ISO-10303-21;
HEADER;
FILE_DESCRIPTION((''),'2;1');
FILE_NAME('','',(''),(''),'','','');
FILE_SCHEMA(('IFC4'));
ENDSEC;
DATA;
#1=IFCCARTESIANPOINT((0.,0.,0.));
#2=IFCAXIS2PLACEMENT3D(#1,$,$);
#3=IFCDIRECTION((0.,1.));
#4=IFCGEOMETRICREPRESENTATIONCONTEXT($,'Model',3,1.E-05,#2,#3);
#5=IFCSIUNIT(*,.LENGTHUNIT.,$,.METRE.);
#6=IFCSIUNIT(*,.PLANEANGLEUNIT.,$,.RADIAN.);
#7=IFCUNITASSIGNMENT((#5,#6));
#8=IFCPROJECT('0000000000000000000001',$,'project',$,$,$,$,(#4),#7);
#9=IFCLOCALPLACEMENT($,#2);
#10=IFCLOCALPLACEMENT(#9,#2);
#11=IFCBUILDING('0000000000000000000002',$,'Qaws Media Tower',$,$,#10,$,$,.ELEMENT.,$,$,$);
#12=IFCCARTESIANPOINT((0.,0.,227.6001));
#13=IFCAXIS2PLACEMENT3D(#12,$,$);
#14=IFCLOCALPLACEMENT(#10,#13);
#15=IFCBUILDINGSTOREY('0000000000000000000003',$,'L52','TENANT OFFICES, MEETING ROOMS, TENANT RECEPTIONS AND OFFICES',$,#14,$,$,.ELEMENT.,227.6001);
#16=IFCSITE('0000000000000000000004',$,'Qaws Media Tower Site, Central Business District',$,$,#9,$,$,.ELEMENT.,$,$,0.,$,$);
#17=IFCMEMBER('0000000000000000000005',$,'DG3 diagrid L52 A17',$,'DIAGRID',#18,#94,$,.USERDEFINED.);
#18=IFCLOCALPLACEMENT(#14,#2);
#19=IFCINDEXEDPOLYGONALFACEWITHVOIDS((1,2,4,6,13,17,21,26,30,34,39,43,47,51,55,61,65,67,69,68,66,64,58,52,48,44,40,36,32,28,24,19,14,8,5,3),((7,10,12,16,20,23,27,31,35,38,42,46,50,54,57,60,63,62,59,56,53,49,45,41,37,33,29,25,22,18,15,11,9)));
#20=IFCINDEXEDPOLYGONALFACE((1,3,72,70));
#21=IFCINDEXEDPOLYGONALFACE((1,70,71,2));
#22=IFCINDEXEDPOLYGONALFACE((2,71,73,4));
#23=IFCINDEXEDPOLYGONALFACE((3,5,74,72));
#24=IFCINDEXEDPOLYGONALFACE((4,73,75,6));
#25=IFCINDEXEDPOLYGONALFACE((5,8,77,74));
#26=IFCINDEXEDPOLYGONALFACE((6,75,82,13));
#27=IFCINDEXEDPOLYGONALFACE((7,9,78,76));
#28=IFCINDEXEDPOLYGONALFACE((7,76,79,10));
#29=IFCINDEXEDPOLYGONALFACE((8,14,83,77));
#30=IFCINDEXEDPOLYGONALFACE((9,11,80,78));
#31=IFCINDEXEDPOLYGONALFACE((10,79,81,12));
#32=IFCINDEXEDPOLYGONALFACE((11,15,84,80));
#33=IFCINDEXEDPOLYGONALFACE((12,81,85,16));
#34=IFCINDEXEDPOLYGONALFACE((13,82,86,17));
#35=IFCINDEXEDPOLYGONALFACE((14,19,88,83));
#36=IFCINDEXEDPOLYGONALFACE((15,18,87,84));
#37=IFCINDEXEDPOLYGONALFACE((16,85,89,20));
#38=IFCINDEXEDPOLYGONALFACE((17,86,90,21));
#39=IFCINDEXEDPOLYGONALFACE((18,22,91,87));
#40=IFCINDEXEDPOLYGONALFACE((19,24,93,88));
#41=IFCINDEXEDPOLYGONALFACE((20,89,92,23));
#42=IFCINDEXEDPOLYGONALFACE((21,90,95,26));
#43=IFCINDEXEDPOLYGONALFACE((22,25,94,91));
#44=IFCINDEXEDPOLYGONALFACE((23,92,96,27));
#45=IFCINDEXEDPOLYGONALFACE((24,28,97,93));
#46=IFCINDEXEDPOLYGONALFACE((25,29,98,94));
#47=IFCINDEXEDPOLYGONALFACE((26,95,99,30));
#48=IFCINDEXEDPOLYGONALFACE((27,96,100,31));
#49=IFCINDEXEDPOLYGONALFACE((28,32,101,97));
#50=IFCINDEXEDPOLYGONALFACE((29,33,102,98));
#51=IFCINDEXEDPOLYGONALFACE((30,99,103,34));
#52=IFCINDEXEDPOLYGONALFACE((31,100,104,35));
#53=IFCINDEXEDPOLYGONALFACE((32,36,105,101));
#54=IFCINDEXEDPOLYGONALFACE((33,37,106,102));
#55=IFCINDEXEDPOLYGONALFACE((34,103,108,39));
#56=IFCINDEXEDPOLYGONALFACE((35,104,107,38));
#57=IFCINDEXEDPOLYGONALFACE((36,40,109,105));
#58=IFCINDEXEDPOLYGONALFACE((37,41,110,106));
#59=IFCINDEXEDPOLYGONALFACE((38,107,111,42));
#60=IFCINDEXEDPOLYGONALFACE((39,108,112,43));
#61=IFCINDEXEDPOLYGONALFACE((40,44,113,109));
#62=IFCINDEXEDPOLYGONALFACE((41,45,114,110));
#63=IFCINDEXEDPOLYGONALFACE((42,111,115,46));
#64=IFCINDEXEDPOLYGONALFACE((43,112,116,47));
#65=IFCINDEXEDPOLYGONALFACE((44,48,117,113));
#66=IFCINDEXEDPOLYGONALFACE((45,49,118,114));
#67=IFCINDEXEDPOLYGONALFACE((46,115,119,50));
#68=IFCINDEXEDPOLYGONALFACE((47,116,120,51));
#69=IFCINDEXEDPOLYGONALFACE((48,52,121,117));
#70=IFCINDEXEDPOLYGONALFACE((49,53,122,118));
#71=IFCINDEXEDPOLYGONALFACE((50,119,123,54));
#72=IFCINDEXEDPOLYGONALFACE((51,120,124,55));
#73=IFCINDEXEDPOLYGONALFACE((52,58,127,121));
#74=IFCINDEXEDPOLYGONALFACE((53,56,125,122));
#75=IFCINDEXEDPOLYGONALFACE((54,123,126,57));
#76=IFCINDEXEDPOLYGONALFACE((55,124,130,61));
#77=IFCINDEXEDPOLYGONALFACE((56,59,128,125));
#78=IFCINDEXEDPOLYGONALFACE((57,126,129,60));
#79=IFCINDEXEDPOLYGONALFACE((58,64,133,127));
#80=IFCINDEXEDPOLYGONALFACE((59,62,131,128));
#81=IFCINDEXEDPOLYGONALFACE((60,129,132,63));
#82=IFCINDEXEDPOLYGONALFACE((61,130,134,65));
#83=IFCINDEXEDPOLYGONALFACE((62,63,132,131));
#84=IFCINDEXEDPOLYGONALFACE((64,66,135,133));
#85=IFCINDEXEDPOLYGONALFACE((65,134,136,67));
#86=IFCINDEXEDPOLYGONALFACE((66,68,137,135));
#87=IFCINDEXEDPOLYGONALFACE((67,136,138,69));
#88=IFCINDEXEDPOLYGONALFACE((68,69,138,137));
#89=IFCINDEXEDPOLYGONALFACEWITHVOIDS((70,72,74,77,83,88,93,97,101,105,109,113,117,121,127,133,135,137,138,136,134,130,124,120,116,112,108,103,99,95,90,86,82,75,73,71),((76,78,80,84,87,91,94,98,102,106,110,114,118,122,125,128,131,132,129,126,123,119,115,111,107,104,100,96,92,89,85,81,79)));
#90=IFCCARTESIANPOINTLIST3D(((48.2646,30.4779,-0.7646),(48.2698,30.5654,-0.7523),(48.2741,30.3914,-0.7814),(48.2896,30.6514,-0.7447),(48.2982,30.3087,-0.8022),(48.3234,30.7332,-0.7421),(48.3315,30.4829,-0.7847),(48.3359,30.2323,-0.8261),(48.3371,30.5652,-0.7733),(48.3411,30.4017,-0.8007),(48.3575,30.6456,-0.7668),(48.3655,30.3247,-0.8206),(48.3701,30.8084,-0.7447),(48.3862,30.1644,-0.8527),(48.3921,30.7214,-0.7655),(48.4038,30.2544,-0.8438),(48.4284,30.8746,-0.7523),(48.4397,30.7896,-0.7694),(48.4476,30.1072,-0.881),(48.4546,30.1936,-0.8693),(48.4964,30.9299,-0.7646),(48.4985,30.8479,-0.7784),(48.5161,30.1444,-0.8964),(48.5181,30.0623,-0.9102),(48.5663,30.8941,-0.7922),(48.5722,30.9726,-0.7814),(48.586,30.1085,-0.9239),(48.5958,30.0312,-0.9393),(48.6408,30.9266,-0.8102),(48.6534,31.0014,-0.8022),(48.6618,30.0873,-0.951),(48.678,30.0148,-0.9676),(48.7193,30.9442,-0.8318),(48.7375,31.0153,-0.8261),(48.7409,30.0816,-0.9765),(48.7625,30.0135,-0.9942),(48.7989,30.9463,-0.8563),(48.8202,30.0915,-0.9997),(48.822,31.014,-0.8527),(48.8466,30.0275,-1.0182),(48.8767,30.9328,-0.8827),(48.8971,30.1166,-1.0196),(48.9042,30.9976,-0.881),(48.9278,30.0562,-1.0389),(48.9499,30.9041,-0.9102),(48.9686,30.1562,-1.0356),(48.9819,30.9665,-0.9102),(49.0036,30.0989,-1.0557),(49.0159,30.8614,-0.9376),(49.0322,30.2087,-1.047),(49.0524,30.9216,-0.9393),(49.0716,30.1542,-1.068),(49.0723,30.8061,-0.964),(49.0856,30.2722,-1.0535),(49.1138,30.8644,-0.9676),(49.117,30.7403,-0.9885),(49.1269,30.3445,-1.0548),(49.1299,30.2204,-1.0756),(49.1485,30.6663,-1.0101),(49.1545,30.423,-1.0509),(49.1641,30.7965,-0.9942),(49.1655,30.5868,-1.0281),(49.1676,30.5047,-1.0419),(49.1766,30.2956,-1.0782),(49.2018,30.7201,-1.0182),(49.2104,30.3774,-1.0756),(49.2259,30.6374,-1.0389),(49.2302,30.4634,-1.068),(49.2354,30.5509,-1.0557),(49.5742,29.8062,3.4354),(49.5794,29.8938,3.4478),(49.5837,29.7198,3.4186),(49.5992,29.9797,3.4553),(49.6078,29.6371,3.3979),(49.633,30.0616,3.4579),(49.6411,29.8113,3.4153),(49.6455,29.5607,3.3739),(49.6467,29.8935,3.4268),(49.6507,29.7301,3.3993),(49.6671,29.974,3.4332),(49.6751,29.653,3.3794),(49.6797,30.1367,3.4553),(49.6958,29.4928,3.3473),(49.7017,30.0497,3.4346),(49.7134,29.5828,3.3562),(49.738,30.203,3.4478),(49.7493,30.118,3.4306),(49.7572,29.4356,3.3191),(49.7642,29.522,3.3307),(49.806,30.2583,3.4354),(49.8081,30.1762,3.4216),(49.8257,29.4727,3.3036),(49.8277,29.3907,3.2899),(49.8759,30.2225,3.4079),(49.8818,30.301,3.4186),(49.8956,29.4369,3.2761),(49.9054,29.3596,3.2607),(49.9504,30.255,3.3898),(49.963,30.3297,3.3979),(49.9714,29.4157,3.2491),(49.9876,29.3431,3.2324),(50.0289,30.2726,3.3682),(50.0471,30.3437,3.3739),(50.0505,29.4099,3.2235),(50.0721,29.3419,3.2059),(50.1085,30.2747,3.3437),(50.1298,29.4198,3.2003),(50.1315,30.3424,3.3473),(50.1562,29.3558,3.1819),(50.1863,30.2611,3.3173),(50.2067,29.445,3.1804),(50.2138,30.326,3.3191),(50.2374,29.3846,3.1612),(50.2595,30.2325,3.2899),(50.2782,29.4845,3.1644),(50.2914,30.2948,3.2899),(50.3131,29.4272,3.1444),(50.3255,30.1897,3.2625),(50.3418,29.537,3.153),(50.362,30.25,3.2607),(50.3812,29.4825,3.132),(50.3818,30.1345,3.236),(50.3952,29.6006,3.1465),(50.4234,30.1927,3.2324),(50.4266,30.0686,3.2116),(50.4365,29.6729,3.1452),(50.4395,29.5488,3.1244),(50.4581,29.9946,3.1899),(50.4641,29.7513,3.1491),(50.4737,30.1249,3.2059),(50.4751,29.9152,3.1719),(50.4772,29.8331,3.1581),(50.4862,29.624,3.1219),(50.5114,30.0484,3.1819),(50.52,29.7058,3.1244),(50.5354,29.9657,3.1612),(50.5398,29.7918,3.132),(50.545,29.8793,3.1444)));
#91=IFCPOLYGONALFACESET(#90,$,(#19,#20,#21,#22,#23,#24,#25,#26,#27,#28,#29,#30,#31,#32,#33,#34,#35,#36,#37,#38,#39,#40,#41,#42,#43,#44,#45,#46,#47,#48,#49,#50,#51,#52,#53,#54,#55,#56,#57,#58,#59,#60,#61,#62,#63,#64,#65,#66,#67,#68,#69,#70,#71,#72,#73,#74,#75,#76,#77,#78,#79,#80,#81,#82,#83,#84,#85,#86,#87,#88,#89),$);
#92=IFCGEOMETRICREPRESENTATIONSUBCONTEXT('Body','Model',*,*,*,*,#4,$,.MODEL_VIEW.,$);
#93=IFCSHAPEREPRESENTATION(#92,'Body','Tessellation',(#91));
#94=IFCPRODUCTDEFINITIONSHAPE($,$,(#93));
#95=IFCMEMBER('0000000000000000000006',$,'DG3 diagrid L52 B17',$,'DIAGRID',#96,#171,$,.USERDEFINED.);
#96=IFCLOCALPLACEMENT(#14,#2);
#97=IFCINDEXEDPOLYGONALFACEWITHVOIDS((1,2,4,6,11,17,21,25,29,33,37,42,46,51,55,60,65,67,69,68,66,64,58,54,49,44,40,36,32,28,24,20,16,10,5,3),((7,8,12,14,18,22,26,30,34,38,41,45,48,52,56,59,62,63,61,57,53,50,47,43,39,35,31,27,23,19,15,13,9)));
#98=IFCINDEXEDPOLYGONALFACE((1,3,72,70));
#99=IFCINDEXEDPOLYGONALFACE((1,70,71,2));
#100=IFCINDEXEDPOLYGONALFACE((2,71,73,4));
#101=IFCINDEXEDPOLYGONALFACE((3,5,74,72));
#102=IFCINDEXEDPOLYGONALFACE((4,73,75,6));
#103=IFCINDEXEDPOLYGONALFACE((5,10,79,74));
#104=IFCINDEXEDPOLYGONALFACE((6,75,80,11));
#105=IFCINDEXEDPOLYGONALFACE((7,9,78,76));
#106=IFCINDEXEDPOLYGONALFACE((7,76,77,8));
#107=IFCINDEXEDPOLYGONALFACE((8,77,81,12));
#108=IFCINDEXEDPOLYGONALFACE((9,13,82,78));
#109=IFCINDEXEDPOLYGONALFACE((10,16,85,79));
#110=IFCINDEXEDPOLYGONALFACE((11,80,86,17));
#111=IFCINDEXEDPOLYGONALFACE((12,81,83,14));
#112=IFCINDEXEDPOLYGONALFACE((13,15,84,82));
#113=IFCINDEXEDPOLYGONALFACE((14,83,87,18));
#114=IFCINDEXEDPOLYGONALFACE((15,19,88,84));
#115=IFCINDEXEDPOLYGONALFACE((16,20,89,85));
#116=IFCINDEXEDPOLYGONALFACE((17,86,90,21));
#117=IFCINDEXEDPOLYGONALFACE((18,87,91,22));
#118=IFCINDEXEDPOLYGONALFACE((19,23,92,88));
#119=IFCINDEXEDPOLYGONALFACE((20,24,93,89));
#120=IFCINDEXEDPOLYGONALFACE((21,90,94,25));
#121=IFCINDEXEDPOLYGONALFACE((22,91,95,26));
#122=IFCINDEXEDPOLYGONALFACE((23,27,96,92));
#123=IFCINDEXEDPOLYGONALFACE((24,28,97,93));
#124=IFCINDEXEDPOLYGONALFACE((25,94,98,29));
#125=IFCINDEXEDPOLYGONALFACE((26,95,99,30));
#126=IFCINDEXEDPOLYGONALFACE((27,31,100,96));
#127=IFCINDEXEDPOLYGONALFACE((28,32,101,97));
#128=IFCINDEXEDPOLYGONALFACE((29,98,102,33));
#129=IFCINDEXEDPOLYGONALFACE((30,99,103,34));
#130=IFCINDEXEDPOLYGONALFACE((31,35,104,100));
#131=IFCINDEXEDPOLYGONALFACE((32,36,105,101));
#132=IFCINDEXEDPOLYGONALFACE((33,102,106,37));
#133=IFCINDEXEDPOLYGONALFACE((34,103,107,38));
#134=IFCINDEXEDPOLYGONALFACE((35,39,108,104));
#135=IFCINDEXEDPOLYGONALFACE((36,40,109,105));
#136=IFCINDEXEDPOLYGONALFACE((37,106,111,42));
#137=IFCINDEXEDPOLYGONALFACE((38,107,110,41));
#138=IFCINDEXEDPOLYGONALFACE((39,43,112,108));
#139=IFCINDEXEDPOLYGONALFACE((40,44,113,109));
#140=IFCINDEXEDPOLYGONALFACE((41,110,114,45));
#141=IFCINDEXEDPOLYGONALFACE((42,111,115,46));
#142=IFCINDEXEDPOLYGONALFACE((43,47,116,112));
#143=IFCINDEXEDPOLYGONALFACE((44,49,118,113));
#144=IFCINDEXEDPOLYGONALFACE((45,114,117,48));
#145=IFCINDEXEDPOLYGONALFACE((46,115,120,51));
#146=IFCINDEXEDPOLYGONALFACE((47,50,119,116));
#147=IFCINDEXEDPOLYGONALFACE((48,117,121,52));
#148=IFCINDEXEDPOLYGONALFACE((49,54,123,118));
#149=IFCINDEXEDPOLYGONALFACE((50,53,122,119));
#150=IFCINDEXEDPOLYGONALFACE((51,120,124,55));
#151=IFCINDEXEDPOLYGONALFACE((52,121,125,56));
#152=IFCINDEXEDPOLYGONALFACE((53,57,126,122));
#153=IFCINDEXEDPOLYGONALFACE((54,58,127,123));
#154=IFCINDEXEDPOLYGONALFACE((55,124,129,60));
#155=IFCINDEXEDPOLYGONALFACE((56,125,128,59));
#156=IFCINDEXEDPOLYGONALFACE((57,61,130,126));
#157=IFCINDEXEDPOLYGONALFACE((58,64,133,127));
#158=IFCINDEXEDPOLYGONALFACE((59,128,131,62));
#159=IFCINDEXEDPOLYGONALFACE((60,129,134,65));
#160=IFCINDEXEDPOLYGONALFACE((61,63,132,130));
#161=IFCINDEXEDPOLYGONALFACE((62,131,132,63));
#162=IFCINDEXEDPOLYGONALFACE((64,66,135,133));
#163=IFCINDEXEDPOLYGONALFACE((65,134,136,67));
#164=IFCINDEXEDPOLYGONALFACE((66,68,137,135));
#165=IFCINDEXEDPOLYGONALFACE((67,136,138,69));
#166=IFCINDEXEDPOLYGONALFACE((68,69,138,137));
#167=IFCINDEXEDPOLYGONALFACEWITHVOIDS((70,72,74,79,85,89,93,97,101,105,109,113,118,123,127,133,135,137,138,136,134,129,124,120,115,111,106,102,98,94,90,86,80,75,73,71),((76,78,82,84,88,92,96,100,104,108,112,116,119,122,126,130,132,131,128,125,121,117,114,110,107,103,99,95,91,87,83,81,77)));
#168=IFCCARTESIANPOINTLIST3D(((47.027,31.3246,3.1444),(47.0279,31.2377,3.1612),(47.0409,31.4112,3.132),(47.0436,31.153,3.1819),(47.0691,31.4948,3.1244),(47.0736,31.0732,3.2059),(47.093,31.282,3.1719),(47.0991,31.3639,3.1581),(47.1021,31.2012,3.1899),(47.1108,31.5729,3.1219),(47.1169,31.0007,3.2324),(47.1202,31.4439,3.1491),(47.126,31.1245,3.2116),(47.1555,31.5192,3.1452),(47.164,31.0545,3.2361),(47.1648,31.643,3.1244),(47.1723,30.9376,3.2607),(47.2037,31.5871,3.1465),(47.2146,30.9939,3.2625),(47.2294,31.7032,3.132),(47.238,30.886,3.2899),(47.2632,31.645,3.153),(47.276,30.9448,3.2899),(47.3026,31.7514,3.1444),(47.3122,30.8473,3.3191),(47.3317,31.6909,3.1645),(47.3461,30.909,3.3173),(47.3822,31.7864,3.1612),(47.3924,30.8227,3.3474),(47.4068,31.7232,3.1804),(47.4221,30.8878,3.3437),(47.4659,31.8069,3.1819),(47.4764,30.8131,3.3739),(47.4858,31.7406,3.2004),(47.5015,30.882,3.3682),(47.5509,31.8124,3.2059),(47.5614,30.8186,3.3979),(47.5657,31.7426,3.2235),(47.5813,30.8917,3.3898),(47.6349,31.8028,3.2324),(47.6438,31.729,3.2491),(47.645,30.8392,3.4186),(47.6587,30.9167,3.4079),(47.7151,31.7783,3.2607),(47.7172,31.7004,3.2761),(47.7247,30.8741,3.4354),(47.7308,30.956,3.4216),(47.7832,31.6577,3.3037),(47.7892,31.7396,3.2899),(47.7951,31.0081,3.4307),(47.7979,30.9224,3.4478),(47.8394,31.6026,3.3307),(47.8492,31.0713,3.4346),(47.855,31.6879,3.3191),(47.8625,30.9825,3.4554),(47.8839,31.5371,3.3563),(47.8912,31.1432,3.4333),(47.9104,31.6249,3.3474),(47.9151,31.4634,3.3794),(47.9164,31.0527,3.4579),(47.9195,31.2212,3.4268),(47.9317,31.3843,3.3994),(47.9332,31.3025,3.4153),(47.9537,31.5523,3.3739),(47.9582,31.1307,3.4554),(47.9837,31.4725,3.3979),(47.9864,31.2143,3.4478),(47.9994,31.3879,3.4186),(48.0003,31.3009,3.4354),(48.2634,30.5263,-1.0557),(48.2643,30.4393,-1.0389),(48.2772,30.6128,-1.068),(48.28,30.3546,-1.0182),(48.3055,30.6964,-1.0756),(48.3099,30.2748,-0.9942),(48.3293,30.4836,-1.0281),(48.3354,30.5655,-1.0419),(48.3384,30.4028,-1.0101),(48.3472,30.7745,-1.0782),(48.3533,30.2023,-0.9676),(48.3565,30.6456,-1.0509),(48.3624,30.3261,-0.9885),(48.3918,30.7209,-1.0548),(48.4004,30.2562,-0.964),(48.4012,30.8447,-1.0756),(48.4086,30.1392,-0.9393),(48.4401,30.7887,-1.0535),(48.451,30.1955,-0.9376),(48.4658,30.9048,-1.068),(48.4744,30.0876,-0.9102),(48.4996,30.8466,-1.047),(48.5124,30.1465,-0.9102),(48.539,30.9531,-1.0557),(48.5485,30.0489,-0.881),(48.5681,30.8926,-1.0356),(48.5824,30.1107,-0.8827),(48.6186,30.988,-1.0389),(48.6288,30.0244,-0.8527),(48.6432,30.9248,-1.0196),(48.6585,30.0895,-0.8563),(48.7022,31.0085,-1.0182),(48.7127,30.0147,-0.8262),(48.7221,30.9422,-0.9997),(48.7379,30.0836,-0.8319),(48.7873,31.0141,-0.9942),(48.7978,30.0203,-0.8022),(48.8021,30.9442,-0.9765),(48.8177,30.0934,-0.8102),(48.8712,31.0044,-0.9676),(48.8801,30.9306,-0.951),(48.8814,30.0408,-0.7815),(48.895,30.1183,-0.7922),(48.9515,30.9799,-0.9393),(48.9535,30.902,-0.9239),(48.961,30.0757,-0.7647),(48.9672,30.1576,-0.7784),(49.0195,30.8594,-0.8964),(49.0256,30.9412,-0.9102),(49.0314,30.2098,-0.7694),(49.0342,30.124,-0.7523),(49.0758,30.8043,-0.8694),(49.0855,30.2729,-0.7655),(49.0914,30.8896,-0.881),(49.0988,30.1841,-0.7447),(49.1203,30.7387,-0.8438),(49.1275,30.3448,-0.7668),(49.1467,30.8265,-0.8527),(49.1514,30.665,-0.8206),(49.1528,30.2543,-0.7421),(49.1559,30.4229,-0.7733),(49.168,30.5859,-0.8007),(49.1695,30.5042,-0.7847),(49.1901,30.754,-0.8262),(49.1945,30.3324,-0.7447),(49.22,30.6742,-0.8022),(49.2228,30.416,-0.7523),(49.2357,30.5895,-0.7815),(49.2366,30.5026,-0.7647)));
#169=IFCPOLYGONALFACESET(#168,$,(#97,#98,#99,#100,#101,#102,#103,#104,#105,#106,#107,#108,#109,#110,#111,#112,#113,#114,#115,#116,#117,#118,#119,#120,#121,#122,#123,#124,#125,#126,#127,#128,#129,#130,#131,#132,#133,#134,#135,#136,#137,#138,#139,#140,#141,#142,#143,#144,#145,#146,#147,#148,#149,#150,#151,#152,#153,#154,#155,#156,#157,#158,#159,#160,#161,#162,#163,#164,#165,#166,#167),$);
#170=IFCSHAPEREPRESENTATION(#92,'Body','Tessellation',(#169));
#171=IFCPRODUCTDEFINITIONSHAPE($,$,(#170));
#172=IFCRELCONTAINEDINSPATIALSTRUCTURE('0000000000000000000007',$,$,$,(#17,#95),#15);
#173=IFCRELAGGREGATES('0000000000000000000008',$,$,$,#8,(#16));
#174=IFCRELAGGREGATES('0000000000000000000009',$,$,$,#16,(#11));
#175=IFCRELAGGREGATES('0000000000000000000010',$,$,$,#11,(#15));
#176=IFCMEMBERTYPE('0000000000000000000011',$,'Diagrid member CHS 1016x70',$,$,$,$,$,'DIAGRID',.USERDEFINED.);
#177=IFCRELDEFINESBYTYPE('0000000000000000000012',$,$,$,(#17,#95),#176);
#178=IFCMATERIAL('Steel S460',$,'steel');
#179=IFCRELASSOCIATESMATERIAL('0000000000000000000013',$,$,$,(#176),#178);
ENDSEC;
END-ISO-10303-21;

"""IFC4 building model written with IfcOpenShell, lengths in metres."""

from ifc_helpers import new_model, si_unit, direction, frame, origin, origin_2d, place, context, subcontext, project, spatial, hollow_circle, extrude, material, material_profile, profile_set, type_object, element, save


model = new_model("IFC4")

# Units and contexts
model_context = context("Model", 3, precision=1e-05, world=origin(), true_north=direction((0.0, 1.0)))
body_context = subcontext(model_context, "Body", "Model", "MODEL_VIEW")
ifc_project = project(units=[si_unit("LENGTHUNIT", "METRE"), si_unit("PLANEANGLEUNIT", "RADIAN")], contexts=[model_context])

# Site, building, storey
site_placement = place(None, origin())
site = spatial("IfcSite", under=ifc_project, at=site_placement, Name="Qaws Media Tower Site, Central Business District", CompositionType="ELEMENT", RefElevation=0.0)
building_placement = place(site_placement, origin())
building = spatial("IfcBuilding", under=site, at=building_placement, Name="Qaws Media Tower", CompositionType="ELEMENT")
storey_placement = place(building_placement, frame((0.0, 0.0, 227.6001)))
storey = spatial("IfcBuildingStorey", under=building, at=storey_placement, Name="L52", Description="TENANT OFFICES, MEETING ROOMS, TENANT RECEPTIONS AND OFFICES", CompositionType="ELEMENT", Elevation=227.6001)

# Members
ifc_material_1 = material(Name="Steel S460", Category="steel")
ifc_material_profile_1 = material_profile(ifc_material_1, hollow_circle(Radius=0.5081, WallThickness=0.0701, at=origin_2d()), Name="CHS 1016x70")
ifc_profile_set_1 = profile_set([ifc_material_profile_1], Name="Steel S460")
member_type_1 = type_object("IfcMemberType", Name="Diagrid member CHS 1016x70", ElementType="DIAGRID", PredefinedType="USERDEFINED", material=ifc_profile_set_1)
for number, where, z_axis, x_axis, name in (
    (1, (48.75, 30.5144, -0.9102), (0.294262, -0.150916, 0.943734), (0.456347, 0.889802, 0.0), "DG3 diagrid L52 A17"),
    (2, (48.75, 30.5144, -0.9102), (-0.277806, 0.179389, 0.943739), (-0.542467, -0.840077, 0.0), "DG3 diagrid L52 B17"),
):
    element("IfcMember", number, at=place(storey_placement, frame(where, z_axis=z_axis, x_axis=x_axis)), inside=storey, type_object=member_type_1, Name=name, ObjectType="DIAGRID", PredefinedType="USERDEFINED", context=body_context, shape_type="SweptSolid", body=[
        extrude(hollow_circle(Radius=0.5081, WallThickness=0.0701, at=origin_2d()), origin(), (0.0, 0.0, 1.0), 4.4504),
    ])

save(model, "model.ifc")
